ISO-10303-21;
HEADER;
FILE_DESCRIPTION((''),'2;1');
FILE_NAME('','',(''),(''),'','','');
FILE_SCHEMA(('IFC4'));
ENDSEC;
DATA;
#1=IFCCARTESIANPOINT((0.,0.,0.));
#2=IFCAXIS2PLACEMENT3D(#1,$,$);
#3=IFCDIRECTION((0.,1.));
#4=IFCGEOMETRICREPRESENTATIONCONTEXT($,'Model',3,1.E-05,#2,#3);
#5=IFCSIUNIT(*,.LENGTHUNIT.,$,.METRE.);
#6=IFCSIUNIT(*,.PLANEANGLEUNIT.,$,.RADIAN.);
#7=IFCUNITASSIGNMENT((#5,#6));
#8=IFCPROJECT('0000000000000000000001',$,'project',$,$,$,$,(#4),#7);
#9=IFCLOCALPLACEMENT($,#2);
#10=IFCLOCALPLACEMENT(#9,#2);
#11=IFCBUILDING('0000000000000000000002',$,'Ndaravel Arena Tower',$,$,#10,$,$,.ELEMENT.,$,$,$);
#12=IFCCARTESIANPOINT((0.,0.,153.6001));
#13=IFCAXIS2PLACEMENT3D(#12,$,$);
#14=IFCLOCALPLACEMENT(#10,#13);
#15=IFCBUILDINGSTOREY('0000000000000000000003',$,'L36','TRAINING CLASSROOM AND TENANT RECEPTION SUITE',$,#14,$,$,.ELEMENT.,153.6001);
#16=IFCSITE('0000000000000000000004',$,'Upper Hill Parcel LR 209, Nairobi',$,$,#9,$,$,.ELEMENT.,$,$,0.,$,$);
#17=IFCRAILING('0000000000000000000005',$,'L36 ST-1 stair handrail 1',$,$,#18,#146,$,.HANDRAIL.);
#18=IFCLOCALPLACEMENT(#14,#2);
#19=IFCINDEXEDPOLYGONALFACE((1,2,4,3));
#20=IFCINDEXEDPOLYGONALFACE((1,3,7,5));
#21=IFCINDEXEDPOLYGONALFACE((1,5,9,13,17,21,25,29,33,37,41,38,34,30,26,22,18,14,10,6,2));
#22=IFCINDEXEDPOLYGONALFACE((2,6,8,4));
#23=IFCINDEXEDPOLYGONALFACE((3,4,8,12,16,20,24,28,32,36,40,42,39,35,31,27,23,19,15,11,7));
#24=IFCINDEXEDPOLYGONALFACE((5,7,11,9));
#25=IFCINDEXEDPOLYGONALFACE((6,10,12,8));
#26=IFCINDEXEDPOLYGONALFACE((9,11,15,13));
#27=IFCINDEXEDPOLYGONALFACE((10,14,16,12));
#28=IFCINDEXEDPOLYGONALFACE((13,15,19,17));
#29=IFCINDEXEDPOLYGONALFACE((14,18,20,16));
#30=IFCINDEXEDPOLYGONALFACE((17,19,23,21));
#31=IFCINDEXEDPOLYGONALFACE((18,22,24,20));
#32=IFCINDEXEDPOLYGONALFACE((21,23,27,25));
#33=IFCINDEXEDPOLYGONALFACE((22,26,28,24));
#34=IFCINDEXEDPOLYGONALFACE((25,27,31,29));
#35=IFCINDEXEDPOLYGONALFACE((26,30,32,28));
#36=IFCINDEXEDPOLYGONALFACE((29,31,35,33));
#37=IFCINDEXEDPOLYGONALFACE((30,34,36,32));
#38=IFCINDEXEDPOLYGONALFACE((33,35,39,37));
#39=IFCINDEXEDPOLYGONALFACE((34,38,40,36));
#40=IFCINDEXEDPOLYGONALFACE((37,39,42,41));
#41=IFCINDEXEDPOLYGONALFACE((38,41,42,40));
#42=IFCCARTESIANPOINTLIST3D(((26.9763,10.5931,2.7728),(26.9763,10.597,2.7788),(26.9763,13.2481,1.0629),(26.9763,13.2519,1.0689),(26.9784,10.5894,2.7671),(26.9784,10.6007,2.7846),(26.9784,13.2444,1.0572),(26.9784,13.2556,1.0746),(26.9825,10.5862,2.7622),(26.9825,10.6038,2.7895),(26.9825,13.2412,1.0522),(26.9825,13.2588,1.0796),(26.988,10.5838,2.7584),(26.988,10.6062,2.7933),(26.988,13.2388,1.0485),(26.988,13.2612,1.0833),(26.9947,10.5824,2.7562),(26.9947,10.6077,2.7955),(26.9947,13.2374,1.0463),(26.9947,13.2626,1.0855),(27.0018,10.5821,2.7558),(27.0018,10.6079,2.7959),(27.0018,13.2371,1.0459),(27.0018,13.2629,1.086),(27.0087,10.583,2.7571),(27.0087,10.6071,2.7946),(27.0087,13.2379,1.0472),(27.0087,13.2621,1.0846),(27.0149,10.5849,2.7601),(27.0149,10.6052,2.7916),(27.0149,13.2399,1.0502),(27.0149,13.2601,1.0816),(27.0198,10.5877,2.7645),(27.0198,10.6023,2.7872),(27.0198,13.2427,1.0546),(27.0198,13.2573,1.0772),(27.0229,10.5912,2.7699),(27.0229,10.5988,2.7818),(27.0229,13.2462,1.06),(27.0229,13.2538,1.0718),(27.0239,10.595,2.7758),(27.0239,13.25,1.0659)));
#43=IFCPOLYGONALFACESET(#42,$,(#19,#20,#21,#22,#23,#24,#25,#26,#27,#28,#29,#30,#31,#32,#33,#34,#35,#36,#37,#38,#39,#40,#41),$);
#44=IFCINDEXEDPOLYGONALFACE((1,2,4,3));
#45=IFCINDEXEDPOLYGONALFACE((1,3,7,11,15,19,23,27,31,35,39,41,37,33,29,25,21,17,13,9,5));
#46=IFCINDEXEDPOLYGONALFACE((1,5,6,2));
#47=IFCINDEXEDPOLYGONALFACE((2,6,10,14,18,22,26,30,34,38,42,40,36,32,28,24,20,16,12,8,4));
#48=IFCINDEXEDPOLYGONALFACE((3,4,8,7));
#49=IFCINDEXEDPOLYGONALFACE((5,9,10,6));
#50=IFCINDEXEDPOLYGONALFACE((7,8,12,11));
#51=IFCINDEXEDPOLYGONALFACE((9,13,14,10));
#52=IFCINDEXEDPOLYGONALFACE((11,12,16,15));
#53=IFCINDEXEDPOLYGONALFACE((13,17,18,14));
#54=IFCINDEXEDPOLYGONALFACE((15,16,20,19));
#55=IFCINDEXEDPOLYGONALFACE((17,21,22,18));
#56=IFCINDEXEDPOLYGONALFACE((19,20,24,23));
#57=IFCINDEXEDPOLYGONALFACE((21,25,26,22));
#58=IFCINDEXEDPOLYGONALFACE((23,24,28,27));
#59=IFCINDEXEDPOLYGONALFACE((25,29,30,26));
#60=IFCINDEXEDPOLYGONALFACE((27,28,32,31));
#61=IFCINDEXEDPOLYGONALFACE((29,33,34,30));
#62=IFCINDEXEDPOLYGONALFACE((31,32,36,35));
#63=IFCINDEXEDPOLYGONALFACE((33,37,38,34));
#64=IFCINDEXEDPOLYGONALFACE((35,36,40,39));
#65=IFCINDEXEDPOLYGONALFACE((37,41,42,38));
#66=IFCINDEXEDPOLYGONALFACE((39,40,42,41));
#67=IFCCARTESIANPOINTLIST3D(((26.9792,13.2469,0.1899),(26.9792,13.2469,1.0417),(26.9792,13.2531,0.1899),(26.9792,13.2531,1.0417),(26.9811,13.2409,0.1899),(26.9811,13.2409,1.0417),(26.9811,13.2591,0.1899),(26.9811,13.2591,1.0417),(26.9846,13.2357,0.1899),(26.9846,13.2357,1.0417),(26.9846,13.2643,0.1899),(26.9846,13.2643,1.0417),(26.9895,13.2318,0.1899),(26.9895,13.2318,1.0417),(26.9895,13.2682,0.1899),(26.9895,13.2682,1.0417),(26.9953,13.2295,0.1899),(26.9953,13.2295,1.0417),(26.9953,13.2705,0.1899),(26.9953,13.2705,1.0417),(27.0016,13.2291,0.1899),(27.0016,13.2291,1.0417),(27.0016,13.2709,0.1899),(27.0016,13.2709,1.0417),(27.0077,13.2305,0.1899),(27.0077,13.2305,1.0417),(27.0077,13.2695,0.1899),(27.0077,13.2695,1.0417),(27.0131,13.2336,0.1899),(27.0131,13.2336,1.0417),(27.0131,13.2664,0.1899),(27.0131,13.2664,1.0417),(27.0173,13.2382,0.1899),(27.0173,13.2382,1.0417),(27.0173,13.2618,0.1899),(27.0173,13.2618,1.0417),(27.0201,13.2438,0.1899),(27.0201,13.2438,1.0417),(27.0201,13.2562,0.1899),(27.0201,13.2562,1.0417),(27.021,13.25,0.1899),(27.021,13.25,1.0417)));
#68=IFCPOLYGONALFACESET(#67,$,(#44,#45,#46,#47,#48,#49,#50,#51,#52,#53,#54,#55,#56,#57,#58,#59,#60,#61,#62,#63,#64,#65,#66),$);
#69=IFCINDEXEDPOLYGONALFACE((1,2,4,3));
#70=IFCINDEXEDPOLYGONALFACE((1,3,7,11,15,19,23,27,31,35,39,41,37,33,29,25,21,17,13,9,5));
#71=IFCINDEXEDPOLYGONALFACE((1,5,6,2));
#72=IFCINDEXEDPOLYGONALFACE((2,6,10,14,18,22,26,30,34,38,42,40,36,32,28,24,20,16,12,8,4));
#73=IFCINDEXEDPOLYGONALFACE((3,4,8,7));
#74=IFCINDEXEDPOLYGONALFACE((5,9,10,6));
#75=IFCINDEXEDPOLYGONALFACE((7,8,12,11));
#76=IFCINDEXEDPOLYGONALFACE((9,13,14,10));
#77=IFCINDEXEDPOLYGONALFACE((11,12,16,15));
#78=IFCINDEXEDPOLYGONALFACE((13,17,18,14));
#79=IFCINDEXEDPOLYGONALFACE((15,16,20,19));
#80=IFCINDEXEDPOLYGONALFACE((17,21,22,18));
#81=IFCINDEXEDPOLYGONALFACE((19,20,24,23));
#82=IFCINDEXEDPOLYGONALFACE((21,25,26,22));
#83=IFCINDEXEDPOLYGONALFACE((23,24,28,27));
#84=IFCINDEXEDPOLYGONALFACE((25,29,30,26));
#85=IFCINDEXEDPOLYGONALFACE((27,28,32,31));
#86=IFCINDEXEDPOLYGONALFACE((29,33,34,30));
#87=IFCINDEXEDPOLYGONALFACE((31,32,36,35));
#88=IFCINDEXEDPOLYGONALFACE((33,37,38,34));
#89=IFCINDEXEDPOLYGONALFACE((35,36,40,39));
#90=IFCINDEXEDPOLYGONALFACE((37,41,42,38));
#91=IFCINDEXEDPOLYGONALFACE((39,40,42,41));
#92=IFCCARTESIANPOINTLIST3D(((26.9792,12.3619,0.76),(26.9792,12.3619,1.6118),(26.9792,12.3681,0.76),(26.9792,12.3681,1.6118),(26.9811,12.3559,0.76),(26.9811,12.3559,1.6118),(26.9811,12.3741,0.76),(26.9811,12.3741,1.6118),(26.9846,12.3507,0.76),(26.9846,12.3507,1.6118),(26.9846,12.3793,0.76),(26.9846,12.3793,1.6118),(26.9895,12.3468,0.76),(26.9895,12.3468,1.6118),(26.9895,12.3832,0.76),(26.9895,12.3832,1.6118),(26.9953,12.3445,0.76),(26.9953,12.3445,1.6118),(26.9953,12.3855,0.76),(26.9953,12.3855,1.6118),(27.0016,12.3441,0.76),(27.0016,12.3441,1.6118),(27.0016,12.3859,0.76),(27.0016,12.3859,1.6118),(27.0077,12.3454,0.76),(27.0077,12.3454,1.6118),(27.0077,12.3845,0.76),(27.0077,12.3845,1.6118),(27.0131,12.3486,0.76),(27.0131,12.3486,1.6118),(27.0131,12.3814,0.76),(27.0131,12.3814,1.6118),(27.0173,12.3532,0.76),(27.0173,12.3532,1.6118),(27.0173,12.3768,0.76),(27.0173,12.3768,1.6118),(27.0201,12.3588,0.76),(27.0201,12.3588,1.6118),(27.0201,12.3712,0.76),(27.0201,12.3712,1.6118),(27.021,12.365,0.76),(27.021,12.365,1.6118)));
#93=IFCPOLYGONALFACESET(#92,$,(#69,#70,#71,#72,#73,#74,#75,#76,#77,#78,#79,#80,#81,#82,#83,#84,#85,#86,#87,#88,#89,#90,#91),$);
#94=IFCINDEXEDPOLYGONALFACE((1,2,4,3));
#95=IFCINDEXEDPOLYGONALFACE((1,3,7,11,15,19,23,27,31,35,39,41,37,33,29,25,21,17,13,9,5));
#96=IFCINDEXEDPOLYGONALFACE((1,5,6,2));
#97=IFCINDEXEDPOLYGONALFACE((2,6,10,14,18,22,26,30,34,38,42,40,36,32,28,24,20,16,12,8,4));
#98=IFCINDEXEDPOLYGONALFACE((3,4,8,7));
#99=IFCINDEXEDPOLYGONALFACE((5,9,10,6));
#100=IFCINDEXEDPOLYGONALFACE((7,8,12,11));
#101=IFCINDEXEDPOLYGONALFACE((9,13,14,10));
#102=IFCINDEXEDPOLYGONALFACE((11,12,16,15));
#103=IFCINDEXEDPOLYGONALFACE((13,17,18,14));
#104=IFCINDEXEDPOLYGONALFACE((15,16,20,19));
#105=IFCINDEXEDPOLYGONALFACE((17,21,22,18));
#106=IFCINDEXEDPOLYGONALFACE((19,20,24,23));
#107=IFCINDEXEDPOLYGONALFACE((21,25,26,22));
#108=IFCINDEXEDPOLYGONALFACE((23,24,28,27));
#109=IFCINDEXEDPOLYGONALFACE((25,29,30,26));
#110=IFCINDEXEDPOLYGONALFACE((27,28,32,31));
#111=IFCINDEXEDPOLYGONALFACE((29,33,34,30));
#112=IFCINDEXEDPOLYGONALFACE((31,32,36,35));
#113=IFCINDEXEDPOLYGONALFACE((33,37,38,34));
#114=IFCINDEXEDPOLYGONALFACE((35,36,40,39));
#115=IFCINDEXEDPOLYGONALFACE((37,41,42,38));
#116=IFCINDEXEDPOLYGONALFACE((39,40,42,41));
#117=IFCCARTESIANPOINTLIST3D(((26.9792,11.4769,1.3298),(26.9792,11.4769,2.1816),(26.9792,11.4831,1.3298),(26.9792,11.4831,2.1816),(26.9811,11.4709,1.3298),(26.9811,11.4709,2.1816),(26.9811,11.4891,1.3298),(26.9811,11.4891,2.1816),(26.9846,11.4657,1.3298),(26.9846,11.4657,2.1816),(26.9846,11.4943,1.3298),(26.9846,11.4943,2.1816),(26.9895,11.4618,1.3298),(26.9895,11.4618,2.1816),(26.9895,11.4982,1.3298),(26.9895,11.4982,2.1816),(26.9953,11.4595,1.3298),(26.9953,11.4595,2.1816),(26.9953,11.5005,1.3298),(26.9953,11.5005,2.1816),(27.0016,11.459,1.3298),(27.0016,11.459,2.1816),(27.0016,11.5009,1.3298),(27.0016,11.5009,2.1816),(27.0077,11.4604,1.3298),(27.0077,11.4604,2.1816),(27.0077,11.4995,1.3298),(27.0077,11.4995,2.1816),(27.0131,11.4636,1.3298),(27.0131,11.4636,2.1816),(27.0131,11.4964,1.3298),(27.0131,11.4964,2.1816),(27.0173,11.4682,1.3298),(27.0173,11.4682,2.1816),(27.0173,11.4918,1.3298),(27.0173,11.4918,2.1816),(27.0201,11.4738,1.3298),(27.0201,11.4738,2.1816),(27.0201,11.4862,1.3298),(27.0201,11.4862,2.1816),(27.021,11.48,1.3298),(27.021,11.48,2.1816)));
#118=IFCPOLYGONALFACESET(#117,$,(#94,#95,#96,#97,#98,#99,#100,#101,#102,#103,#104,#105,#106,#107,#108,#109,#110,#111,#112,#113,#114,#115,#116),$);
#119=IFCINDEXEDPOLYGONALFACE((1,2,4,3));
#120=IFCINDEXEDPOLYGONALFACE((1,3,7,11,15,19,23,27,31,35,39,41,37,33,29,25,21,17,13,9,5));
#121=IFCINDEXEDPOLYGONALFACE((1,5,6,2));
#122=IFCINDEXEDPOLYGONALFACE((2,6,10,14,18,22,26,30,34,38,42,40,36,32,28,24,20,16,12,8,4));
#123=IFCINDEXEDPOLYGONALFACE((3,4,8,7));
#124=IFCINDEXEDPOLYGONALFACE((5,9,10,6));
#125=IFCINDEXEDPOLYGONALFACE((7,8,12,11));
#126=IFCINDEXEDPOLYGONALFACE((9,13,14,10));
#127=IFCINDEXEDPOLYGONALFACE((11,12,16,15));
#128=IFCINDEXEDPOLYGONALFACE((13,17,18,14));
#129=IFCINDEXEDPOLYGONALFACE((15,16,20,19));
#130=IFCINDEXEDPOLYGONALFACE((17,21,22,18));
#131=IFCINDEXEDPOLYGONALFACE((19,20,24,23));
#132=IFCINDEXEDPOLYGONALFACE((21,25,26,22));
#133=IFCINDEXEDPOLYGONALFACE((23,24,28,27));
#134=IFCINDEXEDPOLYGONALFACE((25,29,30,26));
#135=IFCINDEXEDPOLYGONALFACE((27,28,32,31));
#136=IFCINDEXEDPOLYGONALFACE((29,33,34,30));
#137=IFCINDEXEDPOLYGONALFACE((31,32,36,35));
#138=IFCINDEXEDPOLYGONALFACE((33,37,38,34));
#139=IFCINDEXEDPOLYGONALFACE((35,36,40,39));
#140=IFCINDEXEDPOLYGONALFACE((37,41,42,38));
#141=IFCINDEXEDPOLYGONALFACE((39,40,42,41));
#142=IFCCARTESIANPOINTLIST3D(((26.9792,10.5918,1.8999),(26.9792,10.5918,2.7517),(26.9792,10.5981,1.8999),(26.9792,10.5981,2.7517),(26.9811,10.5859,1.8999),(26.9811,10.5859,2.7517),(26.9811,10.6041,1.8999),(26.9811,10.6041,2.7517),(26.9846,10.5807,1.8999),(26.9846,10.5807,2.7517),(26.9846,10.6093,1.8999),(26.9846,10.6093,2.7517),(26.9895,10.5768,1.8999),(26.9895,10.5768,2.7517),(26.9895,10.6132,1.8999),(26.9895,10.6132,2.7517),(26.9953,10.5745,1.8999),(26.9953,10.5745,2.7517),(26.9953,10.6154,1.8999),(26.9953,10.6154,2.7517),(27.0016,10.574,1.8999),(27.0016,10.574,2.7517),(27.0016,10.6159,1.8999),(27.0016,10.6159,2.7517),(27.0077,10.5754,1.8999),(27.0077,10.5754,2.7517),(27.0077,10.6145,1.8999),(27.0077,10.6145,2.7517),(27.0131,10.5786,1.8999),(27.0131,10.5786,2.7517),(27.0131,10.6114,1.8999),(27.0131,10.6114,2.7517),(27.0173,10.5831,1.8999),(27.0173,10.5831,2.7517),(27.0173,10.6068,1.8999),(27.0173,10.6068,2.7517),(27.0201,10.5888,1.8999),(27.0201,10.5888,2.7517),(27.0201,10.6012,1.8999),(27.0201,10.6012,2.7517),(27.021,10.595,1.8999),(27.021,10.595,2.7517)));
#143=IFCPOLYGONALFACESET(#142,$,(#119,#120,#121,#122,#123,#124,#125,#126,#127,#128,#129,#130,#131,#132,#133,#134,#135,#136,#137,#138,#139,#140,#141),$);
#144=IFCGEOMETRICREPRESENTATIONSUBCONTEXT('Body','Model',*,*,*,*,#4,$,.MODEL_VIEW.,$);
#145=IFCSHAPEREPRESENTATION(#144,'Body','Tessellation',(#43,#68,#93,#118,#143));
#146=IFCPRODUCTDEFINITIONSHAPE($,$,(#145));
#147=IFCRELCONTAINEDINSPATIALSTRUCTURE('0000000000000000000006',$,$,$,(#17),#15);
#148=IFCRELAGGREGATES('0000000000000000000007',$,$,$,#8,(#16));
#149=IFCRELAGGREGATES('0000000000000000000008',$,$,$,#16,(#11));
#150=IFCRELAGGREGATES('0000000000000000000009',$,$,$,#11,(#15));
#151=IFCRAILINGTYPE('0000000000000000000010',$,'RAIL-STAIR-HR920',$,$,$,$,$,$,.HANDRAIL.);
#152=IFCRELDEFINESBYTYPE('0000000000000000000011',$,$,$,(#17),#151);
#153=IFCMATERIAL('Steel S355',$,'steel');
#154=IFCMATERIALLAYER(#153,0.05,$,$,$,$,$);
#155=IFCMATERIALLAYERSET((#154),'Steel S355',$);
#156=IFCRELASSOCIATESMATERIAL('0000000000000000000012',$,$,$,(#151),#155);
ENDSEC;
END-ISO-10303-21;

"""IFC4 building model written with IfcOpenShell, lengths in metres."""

from ifc_helpers import new_model, si_unit, direction, frame, origin, origin_2d, place, context, subcontext, project, spatial, circle, extrude, material, layer, layer_set, type_object, element, save


model = new_model("IFC4")

# Units and contexts
model_context = context("Model", 3, precision=1e-05, world=origin(), true_north=direction((0.0, 1.0)))
body_context = subcontext(model_context, "Body", "Model", "MODEL_VIEW")
ifc_project = project(units=[si_unit("LENGTHUNIT", "METRE"), si_unit("PLANEANGLEUNIT", "RADIAN")], contexts=[model_context])

# Site, building, storey
site_placement = place(None, origin())
site = spatial("IfcSite", under=ifc_project, at=site_placement, Name="Upper Hill Parcel LR 209, Nairobi", CompositionType="ELEMENT", RefElevation=0.0)
building_placement = place(site_placement, origin())
building = spatial("IfcBuilding", under=site, at=building_placement, Name="Ndaravel Arena Tower", CompositionType="ELEMENT")
storey_placement = place(building_placement, frame((0.0, 0.0, 153.6001)))
storey = spatial("IfcBuildingStorey", under=building, at=storey_placement, Name="L36", Description="TRAINING CLASSROOM AND TENANT RECEPTION SUITE", CompositionType="ELEMENT", Elevation=153.6001)

# Railing
ifc_material_1 = material(Name="Steel S355", Category="steel")
ifc_layer_1 = layer(ifc_material_1, 0.05)
ifc_layer_set_1 = layer_set([ifc_layer_1], Name="Steel S355")
railing_type_1 = type_object("IfcRailingType", Name="RAIL-STAIR-HR920", PredefinedType="HANDRAIL", material=ifc_layer_set_1)
railing_1_placement = place(storey_placement, frame((27.0, 13.25, 0.1899)))
element("IfcRailing", 1, at=railing_1_placement, inside=storey, type_object=railing_type_1, Name="L36 ST-1 stair handrail 1", PredefinedType="HANDRAIL", context=body_context, shape_type="SweptSolid", body=[
    extrude(circle(Radius=0.0239, at=origin_2d()), frame((0.0, 0.0, 0.876), z_axis=(0.0, -0.840724, 0.541465), x_axis=(1.0, 0.0, 0.0)), (0.0, 0.0, 1.0), 3.158),
    extrude(circle(Radius=0.021, at=origin_2d()), origin(), (0.0, 0.0, 1.0), 0.8518),
    extrude(circle(Radius=0.021, at=origin_2d()), frame((0.0, -0.885, 0.5701)), (0.0, 0.0, 1.0), 0.8518),
    extrude(circle(Radius=0.021, at=origin_2d()), frame((0.0, -1.77, 1.1399)), (0.0, 0.0, 1.0), 0.8518),
    extrude(circle(Radius=0.021, at=origin_2d()), frame((0.0, -2.655, 1.71)), (0.0, 0.0, 1.0), 0.8518),
])

save(model, "model.ifc")
